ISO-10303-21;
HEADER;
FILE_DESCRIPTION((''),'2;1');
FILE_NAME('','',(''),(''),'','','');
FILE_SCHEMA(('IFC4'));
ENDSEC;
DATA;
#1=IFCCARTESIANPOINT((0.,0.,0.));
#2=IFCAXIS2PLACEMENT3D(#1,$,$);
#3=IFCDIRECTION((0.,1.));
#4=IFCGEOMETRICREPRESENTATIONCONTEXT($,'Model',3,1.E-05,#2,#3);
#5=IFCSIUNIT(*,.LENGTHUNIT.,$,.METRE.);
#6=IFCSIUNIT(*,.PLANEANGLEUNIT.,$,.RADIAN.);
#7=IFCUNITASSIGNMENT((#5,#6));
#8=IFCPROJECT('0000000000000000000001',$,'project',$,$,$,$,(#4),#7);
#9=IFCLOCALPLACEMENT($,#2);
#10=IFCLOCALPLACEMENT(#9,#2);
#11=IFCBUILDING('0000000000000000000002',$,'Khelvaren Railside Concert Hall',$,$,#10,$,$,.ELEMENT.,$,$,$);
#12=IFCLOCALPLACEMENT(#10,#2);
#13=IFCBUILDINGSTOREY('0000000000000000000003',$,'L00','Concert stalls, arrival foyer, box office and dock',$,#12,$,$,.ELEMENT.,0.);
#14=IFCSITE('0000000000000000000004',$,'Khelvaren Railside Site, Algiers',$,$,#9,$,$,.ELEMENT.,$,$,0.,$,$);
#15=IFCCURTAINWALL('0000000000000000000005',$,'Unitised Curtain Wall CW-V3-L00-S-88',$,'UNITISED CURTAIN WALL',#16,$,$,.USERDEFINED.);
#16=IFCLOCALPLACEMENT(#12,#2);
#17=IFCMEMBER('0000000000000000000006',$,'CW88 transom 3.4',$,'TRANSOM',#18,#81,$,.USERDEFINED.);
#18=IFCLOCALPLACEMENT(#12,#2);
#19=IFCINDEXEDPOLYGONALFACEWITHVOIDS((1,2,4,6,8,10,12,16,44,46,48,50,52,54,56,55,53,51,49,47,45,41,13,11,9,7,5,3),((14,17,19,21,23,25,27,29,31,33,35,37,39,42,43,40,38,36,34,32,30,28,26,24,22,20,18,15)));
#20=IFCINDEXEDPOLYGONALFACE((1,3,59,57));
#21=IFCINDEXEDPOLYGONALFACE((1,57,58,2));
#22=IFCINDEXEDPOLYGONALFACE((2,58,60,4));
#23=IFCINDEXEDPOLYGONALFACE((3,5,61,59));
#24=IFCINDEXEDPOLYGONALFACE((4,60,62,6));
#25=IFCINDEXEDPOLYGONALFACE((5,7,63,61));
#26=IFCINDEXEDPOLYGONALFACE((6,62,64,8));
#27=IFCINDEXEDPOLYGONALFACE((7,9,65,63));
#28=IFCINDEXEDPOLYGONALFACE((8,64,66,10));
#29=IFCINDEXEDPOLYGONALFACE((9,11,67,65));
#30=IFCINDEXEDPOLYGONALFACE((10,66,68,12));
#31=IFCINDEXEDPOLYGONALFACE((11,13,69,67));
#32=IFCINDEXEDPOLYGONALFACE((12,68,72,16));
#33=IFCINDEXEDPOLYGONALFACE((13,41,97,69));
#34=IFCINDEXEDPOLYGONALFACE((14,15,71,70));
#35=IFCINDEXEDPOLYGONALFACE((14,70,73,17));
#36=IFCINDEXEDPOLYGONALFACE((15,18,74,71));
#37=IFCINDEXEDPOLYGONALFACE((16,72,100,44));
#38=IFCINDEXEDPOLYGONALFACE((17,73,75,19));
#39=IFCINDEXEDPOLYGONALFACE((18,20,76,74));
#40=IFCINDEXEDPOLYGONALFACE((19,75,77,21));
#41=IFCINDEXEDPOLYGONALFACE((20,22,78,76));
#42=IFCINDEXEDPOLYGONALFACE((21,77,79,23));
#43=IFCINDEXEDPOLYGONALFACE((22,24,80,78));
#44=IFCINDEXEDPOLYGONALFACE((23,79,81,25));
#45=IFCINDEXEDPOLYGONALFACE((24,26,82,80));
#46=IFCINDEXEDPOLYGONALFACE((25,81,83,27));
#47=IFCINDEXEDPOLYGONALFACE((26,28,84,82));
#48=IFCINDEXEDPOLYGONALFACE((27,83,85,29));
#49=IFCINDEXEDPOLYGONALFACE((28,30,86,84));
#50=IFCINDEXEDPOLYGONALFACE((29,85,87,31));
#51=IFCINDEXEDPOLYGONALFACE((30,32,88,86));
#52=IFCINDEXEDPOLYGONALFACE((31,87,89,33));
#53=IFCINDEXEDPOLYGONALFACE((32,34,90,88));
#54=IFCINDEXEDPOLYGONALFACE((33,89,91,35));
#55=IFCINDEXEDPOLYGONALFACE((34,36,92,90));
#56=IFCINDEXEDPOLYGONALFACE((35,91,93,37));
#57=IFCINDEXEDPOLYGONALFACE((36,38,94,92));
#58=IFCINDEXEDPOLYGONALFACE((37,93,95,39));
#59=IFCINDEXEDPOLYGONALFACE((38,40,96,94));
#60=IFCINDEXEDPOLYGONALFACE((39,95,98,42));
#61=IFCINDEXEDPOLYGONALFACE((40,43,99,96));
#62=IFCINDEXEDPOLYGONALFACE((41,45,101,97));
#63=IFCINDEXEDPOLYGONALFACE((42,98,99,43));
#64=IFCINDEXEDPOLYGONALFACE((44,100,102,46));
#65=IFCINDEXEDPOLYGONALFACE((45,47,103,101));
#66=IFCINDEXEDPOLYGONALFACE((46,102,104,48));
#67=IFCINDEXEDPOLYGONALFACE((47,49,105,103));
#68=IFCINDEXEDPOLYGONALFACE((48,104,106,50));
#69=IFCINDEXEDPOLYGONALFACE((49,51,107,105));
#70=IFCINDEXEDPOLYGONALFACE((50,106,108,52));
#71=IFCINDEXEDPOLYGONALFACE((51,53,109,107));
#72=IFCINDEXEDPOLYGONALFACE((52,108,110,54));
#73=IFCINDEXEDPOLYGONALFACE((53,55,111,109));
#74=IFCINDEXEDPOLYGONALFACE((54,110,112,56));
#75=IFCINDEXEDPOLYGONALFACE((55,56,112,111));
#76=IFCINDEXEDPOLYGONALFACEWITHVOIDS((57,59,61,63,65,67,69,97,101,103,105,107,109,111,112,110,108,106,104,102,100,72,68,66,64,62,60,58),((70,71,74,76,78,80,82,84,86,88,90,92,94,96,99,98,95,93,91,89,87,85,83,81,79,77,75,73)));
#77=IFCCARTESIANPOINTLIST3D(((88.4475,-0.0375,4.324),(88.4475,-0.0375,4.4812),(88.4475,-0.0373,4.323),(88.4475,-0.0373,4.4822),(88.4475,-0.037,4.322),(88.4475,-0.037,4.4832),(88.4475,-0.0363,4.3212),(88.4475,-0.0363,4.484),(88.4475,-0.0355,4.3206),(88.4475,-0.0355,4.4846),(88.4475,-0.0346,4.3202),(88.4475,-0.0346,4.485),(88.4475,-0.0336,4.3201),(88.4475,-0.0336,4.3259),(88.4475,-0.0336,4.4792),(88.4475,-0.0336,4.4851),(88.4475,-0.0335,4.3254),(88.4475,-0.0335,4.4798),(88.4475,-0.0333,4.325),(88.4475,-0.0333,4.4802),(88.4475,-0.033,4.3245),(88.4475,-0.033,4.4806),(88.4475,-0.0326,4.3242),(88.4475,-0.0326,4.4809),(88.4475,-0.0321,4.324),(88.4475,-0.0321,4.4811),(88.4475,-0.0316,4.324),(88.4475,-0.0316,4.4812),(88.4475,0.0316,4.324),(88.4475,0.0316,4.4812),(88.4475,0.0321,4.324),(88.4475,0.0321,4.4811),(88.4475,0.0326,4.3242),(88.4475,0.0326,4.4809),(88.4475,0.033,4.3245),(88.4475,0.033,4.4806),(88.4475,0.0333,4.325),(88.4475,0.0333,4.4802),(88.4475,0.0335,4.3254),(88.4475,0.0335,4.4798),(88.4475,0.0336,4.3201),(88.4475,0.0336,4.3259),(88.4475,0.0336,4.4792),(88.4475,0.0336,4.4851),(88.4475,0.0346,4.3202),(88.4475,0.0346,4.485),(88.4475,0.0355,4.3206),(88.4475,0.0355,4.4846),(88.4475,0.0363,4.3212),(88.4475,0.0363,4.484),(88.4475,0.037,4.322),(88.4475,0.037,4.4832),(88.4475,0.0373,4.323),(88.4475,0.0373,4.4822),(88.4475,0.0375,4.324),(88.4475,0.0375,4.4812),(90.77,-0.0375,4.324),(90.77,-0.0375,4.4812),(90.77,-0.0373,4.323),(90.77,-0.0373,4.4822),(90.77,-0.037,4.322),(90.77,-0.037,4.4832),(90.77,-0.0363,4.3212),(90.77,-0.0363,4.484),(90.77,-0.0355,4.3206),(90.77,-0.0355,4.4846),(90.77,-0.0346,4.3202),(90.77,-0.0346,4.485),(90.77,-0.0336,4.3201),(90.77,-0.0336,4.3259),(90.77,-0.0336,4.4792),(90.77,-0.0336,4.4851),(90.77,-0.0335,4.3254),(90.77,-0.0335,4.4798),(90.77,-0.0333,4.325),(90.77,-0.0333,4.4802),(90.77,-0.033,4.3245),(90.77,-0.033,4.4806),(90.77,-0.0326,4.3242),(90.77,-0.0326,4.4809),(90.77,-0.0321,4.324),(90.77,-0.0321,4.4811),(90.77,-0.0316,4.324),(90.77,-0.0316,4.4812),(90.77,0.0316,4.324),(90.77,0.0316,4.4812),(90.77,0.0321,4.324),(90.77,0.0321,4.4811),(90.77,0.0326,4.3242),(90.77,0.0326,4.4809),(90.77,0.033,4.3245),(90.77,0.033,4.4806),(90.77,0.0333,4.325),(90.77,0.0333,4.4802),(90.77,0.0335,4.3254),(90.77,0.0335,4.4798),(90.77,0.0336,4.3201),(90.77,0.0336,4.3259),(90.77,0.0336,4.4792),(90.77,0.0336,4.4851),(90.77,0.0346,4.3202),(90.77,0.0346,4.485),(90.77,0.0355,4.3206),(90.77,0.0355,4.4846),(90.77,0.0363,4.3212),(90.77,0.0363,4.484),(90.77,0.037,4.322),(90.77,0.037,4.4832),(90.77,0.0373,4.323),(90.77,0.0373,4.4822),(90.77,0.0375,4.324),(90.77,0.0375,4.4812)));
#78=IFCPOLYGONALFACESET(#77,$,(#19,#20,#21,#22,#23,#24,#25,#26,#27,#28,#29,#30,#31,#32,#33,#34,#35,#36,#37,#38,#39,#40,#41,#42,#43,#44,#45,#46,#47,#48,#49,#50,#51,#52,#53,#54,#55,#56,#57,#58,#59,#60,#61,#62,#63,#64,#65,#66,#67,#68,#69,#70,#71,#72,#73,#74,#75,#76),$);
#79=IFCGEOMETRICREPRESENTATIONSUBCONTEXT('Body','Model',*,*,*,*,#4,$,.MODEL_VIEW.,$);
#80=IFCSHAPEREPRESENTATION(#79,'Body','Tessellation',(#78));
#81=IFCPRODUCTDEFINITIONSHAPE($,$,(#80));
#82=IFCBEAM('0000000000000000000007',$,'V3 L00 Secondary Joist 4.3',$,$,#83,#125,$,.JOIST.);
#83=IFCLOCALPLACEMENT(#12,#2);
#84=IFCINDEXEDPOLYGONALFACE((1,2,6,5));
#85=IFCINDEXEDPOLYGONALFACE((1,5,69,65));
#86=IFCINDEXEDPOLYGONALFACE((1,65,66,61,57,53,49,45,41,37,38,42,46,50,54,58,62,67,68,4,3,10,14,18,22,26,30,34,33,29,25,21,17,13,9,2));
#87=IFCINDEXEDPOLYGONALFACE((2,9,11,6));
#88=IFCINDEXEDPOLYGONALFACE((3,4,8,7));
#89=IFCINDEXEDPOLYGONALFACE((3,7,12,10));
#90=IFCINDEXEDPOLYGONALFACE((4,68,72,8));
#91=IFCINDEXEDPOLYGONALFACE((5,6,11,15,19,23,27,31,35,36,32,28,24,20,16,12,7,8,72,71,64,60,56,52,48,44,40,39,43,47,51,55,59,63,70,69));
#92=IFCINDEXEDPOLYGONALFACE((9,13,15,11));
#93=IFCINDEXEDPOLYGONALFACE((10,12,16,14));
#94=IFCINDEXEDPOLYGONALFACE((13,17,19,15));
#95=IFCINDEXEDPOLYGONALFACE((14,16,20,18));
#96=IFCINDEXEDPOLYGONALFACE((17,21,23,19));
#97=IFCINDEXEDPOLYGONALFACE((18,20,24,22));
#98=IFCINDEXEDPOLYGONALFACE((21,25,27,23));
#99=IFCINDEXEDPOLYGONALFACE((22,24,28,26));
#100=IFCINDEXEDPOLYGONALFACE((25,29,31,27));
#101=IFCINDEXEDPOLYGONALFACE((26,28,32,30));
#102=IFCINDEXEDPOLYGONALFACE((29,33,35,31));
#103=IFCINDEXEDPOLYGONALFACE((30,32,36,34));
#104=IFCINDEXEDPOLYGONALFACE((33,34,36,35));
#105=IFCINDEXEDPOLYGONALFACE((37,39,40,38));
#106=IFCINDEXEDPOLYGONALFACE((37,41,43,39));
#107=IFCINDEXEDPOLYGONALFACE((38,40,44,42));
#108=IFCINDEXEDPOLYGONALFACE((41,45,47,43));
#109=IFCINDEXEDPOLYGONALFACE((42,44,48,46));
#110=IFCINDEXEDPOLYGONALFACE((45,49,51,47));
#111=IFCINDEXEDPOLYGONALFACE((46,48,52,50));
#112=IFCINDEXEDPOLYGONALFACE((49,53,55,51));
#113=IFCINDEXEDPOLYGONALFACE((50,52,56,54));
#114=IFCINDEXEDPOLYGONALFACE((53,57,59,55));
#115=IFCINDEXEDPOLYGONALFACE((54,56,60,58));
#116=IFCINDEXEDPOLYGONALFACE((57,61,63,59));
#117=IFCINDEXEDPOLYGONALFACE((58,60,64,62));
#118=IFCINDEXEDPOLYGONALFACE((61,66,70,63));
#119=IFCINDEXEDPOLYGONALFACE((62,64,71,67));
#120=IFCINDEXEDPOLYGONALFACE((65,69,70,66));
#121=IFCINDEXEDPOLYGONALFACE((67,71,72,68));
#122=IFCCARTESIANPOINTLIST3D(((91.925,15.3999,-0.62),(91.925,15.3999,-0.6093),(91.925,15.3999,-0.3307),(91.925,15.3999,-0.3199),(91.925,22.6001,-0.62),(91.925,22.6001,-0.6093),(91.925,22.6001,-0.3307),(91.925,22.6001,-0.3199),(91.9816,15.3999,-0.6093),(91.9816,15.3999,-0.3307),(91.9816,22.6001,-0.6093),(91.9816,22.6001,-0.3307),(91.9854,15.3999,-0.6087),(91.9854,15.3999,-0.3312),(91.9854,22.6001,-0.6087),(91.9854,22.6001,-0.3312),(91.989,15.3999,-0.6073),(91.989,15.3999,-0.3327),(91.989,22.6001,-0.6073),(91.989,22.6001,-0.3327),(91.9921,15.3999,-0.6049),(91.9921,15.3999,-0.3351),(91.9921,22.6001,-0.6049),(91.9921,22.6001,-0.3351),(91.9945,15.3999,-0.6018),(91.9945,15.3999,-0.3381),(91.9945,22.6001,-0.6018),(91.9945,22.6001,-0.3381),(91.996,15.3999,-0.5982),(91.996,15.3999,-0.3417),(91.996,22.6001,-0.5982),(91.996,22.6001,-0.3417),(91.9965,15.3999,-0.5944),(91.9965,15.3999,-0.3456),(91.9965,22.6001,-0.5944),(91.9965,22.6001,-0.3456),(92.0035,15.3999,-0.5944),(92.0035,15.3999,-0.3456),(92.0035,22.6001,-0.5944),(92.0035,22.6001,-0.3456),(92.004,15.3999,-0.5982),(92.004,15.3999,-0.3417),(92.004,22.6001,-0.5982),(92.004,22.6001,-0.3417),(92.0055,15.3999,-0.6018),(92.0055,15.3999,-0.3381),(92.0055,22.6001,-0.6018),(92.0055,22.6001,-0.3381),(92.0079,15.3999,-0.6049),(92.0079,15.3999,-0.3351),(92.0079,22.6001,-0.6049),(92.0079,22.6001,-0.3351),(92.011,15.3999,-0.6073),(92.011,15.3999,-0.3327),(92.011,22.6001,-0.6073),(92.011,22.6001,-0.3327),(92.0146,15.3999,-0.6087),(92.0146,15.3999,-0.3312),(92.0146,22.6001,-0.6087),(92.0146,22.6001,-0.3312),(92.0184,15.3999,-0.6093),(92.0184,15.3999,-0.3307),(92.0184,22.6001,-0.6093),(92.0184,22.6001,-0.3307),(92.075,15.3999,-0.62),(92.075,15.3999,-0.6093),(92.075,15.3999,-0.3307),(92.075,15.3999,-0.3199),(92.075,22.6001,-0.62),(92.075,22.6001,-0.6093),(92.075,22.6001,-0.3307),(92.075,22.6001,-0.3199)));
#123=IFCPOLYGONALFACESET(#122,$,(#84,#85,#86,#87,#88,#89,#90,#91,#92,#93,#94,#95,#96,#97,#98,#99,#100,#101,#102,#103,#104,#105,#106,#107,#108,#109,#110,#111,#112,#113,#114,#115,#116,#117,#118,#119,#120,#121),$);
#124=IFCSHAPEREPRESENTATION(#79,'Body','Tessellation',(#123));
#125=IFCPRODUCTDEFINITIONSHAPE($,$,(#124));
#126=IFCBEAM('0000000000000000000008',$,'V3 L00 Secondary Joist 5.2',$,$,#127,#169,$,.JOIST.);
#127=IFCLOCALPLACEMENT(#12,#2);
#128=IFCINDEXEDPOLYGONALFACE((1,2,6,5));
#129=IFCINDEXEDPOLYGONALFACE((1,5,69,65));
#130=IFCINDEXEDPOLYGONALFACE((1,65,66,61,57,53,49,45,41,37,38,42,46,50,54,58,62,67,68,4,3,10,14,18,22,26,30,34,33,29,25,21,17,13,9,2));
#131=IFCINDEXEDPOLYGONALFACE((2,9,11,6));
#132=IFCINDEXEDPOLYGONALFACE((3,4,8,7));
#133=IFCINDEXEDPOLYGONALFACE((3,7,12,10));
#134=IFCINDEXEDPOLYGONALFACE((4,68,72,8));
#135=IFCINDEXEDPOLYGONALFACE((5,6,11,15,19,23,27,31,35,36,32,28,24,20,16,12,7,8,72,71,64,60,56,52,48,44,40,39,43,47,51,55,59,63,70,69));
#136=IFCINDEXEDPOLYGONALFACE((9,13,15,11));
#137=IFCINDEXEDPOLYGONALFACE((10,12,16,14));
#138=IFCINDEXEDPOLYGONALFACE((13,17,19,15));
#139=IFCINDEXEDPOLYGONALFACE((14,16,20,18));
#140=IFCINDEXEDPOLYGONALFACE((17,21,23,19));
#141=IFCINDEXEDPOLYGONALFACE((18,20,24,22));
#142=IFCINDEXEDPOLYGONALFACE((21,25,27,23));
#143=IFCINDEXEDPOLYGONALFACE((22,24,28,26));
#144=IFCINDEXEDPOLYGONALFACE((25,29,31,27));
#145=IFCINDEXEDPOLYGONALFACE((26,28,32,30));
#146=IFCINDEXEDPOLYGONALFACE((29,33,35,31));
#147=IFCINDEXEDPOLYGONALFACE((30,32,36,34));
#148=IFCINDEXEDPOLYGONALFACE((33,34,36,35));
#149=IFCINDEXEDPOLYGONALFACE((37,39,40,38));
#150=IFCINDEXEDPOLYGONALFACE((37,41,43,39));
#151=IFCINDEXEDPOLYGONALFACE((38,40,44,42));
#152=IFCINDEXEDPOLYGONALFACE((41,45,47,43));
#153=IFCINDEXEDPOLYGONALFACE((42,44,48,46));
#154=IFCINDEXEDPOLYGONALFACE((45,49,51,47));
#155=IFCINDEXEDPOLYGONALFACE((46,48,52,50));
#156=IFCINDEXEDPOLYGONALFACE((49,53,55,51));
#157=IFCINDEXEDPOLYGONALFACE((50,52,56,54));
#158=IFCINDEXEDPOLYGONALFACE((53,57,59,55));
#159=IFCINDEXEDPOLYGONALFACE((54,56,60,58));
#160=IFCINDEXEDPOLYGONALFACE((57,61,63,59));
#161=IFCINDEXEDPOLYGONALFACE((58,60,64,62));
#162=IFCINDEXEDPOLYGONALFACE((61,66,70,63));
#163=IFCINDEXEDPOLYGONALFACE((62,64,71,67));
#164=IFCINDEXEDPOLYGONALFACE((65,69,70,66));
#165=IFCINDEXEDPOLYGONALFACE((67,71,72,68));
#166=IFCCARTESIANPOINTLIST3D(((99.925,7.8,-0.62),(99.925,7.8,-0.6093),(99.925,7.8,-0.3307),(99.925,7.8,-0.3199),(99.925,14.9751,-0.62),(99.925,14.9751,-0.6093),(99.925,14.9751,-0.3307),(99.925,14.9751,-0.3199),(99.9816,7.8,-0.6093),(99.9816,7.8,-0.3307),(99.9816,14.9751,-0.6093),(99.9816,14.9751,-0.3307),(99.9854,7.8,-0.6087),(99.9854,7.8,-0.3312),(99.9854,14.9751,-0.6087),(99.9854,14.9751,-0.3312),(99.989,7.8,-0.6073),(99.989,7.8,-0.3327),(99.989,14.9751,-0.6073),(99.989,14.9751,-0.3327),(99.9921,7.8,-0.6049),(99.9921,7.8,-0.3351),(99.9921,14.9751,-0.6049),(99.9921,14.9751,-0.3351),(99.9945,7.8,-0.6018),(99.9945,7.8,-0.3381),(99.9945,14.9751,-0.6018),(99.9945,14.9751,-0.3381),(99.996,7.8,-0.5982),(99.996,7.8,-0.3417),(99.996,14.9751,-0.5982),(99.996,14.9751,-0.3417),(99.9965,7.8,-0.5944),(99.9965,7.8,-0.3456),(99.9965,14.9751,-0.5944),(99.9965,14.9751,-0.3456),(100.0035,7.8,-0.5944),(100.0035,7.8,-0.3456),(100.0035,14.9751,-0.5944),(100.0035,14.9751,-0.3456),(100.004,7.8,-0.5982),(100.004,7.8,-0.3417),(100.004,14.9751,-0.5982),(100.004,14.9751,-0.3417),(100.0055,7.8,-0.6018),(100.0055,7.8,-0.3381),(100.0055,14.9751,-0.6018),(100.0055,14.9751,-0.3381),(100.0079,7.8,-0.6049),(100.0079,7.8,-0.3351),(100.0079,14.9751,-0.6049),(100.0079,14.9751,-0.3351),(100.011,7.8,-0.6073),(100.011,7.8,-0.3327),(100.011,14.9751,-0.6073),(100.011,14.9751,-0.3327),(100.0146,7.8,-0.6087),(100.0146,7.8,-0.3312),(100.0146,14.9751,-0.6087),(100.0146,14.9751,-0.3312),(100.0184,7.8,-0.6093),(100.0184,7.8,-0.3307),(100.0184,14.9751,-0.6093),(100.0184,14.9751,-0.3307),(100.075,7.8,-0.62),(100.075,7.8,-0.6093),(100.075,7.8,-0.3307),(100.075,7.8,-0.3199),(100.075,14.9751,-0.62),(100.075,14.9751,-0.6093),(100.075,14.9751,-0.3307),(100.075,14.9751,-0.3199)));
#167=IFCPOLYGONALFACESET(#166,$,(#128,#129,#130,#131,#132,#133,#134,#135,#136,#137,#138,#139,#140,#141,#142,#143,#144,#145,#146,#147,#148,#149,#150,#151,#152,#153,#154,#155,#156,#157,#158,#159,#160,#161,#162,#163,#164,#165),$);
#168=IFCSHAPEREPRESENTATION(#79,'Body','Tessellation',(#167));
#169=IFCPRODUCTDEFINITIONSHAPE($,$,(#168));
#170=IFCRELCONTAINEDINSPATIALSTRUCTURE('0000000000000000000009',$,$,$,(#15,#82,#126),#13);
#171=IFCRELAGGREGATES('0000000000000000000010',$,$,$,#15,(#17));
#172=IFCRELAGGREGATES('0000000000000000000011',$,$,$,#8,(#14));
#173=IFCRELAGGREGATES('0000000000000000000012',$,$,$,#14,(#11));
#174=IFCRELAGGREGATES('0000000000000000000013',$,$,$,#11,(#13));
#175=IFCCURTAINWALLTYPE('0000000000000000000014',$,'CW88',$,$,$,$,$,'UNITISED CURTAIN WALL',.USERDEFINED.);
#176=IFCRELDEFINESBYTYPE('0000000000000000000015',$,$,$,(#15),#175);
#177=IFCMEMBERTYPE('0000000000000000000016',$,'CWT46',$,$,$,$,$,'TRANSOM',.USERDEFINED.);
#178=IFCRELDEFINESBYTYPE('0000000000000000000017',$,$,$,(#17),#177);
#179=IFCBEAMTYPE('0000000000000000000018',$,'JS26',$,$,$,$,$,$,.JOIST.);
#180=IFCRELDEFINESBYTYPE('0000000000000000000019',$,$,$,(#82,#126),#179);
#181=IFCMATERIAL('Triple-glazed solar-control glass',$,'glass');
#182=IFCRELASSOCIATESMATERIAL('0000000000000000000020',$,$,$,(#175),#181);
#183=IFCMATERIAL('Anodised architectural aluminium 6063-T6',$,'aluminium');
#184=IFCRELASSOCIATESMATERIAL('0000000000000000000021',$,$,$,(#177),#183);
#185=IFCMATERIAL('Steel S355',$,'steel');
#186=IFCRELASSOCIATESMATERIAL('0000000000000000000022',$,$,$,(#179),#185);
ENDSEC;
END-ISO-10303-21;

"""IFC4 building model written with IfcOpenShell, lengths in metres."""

from ifc_helpers import new_model, si_unit, direction, frame, origin, origin_2d, place, context, subcontext, project, spatial, hollow_rectangle, i_section, extrude, material, material_profile, profile_set, type_object, element, aggregate, save


model = new_model("IFC4")

# Units and contexts
model_context = context("Model", 3, precision=1e-05, world=origin(), true_north=direction((0.0, 1.0)))
body_context = subcontext(model_context, "Body", "Model", "MODEL_VIEW")
ifc_project = project(units=[si_unit("LENGTHUNIT", "METRE"), si_unit("PLANEANGLEUNIT", "RADIAN")], contexts=[model_context])

# Site, building, storey
site_placement = place(None, origin())
site = spatial("IfcSite", under=ifc_project, at=site_placement, Name="Khelvaren Railside Site, Algiers", CompositionType="ELEMENT", RefElevation=0.0)
building_placement = place(site_placement, origin())
building = spatial("IfcBuilding", under=site, at=building_placement, Name="Khelvaren Railside Concert Hall", CompositionType="ELEMENT")
storey_placement = place(building_placement, origin())
storey = spatial("IfcBuildingStorey", under=building, at=storey_placement, Name="L00", Description="Concert stalls, arrival foyer, box office and dock", CompositionType="ELEMENT", Elevation=0.0)

# Shared definitions
ifc_material_1 = material(Name="Steel S355", Category="steel")

# Curtain wall, member
ifc_material_2 = material(Name="Triple-glazed solar-control glass", Category="glass")
curtain_wall_type = type_object("IfcCurtainWallType", Name="CW88", ElementType="UNITISED CURTAIN WALL", PredefinedType="USERDEFINED", material=ifc_material_2)
curtain_wall_placement = place(storey_placement, origin())
curtain_wall = element("IfcCurtainWall", 1, at=curtain_wall_placement, inside=storey, type_object=curtain_wall_type, Name="Unitised Curtain Wall CW-V3-L00-S-88", ObjectType="UNITISED CURTAIN WALL", PredefinedType="USERDEFINED")
ifc_material_3 = material(Name="Anodised architectural aluminium 6063-T6", Category="aluminium")
ifc_material_profile_1 = material_profile(ifc_material_3, hollow_rectangle(XDim=0.075, YDim=0.165, WallThickness=0.0039, InnerFilletRadius=0.002, OuterFilletRadius=0.0039, at=origin_2d()), Name="CWT 75x165x4")
ifc_profile_set_1 = profile_set([ifc_material_profile_1], Name="Anodised architectural aluminium 6063-T6")
member_type_1 = type_object("IfcMemberType", Name="CWT46", ElementType="TRANSOM", PredefinedType="USERDEFINED", material=ifc_profile_set_1)
member_1_placement = place(storey_placement, frame((90.77, 0.0, 4.4026), z_axis=(-1.0, 0.0, 0.0), x_axis=(0.0, -1.0, 0.0)))
member_1 = element("IfcMember", 2, at=member_1_placement, type_object=member_type_1, Name="CW88 transom 3.4", ObjectType="TRANSOM", PredefinedType="USERDEFINED", context=body_context, shape_type="SweptSolid", body=[
    extrude(hollow_rectangle(XDim=0.075, YDim=0.165, WallThickness=0.0039, InnerFilletRadius=0.002, OuterFilletRadius=0.0039, at=origin_2d()), origin(), (0.0, 0.0, 1.0), 2.3225),
])

# Beams
ifc_material_profile_2 = material_profile(ifc_material_1, i_section(OverallWidth=0.1499, OverallDepth=0.3, WebThickness=0.0071, FlangeThickness=0.0107, FilletRadius=0.0149, at=origin_2d()), Name="IPE 300")
ifc_profile_set_2 = profile_set([ifc_material_profile_2], Name="Steel S355")
beam_type_1 = type_object("IfcBeamType", Name="JS26", PredefinedType="JOIST", material=ifc_profile_set_2)
beam_1_placement = place(storey_placement, frame((92.0, 15.3999, -0.47), z_axis=(0.0, 1.0, 0.0), x_axis=(-1.0, 0.0, 0.0)))
element("IfcBeam", 3, at=beam_1_placement, inside=storey, type_object=beam_type_1, Name="V3 L00 Secondary Joist 4.3", PredefinedType="JOIST", context=body_context, shape_type="SweptSolid", body=[
    extrude(i_section(OverallWidth=0.1499, OverallDepth=0.3, WebThickness=0.0071, FlangeThickness=0.0107, FilletRadius=0.0149, at=origin_2d()), origin(), (0.0, 0.0, 1.0), 7.2002),
])
beam_2_placement = place(storey_placement, frame((100.0, 7.8, -0.47), z_axis=(0.0, 1.0, 0.0), x_axis=(-1.0, 0.0, 0.0)))
element("IfcBeam", 4, at=beam_2_placement, inside=storey, type_object=beam_type_1, Name="V3 L00 Secondary Joist 5.2", PredefinedType="JOIST", context=body_context, shape_type="SweptSolid", body=[
    extrude(i_section(OverallWidth=0.1499, OverallDepth=0.3, WebThickness=0.0071, FlangeThickness=0.0107, FilletRadius=0.0149, at=origin_2d()), origin(), (0.0, 0.0, 1.0), 7.175),
])

aggregate(curtain_wall, [member_1])

save(model, "model.ifc")
